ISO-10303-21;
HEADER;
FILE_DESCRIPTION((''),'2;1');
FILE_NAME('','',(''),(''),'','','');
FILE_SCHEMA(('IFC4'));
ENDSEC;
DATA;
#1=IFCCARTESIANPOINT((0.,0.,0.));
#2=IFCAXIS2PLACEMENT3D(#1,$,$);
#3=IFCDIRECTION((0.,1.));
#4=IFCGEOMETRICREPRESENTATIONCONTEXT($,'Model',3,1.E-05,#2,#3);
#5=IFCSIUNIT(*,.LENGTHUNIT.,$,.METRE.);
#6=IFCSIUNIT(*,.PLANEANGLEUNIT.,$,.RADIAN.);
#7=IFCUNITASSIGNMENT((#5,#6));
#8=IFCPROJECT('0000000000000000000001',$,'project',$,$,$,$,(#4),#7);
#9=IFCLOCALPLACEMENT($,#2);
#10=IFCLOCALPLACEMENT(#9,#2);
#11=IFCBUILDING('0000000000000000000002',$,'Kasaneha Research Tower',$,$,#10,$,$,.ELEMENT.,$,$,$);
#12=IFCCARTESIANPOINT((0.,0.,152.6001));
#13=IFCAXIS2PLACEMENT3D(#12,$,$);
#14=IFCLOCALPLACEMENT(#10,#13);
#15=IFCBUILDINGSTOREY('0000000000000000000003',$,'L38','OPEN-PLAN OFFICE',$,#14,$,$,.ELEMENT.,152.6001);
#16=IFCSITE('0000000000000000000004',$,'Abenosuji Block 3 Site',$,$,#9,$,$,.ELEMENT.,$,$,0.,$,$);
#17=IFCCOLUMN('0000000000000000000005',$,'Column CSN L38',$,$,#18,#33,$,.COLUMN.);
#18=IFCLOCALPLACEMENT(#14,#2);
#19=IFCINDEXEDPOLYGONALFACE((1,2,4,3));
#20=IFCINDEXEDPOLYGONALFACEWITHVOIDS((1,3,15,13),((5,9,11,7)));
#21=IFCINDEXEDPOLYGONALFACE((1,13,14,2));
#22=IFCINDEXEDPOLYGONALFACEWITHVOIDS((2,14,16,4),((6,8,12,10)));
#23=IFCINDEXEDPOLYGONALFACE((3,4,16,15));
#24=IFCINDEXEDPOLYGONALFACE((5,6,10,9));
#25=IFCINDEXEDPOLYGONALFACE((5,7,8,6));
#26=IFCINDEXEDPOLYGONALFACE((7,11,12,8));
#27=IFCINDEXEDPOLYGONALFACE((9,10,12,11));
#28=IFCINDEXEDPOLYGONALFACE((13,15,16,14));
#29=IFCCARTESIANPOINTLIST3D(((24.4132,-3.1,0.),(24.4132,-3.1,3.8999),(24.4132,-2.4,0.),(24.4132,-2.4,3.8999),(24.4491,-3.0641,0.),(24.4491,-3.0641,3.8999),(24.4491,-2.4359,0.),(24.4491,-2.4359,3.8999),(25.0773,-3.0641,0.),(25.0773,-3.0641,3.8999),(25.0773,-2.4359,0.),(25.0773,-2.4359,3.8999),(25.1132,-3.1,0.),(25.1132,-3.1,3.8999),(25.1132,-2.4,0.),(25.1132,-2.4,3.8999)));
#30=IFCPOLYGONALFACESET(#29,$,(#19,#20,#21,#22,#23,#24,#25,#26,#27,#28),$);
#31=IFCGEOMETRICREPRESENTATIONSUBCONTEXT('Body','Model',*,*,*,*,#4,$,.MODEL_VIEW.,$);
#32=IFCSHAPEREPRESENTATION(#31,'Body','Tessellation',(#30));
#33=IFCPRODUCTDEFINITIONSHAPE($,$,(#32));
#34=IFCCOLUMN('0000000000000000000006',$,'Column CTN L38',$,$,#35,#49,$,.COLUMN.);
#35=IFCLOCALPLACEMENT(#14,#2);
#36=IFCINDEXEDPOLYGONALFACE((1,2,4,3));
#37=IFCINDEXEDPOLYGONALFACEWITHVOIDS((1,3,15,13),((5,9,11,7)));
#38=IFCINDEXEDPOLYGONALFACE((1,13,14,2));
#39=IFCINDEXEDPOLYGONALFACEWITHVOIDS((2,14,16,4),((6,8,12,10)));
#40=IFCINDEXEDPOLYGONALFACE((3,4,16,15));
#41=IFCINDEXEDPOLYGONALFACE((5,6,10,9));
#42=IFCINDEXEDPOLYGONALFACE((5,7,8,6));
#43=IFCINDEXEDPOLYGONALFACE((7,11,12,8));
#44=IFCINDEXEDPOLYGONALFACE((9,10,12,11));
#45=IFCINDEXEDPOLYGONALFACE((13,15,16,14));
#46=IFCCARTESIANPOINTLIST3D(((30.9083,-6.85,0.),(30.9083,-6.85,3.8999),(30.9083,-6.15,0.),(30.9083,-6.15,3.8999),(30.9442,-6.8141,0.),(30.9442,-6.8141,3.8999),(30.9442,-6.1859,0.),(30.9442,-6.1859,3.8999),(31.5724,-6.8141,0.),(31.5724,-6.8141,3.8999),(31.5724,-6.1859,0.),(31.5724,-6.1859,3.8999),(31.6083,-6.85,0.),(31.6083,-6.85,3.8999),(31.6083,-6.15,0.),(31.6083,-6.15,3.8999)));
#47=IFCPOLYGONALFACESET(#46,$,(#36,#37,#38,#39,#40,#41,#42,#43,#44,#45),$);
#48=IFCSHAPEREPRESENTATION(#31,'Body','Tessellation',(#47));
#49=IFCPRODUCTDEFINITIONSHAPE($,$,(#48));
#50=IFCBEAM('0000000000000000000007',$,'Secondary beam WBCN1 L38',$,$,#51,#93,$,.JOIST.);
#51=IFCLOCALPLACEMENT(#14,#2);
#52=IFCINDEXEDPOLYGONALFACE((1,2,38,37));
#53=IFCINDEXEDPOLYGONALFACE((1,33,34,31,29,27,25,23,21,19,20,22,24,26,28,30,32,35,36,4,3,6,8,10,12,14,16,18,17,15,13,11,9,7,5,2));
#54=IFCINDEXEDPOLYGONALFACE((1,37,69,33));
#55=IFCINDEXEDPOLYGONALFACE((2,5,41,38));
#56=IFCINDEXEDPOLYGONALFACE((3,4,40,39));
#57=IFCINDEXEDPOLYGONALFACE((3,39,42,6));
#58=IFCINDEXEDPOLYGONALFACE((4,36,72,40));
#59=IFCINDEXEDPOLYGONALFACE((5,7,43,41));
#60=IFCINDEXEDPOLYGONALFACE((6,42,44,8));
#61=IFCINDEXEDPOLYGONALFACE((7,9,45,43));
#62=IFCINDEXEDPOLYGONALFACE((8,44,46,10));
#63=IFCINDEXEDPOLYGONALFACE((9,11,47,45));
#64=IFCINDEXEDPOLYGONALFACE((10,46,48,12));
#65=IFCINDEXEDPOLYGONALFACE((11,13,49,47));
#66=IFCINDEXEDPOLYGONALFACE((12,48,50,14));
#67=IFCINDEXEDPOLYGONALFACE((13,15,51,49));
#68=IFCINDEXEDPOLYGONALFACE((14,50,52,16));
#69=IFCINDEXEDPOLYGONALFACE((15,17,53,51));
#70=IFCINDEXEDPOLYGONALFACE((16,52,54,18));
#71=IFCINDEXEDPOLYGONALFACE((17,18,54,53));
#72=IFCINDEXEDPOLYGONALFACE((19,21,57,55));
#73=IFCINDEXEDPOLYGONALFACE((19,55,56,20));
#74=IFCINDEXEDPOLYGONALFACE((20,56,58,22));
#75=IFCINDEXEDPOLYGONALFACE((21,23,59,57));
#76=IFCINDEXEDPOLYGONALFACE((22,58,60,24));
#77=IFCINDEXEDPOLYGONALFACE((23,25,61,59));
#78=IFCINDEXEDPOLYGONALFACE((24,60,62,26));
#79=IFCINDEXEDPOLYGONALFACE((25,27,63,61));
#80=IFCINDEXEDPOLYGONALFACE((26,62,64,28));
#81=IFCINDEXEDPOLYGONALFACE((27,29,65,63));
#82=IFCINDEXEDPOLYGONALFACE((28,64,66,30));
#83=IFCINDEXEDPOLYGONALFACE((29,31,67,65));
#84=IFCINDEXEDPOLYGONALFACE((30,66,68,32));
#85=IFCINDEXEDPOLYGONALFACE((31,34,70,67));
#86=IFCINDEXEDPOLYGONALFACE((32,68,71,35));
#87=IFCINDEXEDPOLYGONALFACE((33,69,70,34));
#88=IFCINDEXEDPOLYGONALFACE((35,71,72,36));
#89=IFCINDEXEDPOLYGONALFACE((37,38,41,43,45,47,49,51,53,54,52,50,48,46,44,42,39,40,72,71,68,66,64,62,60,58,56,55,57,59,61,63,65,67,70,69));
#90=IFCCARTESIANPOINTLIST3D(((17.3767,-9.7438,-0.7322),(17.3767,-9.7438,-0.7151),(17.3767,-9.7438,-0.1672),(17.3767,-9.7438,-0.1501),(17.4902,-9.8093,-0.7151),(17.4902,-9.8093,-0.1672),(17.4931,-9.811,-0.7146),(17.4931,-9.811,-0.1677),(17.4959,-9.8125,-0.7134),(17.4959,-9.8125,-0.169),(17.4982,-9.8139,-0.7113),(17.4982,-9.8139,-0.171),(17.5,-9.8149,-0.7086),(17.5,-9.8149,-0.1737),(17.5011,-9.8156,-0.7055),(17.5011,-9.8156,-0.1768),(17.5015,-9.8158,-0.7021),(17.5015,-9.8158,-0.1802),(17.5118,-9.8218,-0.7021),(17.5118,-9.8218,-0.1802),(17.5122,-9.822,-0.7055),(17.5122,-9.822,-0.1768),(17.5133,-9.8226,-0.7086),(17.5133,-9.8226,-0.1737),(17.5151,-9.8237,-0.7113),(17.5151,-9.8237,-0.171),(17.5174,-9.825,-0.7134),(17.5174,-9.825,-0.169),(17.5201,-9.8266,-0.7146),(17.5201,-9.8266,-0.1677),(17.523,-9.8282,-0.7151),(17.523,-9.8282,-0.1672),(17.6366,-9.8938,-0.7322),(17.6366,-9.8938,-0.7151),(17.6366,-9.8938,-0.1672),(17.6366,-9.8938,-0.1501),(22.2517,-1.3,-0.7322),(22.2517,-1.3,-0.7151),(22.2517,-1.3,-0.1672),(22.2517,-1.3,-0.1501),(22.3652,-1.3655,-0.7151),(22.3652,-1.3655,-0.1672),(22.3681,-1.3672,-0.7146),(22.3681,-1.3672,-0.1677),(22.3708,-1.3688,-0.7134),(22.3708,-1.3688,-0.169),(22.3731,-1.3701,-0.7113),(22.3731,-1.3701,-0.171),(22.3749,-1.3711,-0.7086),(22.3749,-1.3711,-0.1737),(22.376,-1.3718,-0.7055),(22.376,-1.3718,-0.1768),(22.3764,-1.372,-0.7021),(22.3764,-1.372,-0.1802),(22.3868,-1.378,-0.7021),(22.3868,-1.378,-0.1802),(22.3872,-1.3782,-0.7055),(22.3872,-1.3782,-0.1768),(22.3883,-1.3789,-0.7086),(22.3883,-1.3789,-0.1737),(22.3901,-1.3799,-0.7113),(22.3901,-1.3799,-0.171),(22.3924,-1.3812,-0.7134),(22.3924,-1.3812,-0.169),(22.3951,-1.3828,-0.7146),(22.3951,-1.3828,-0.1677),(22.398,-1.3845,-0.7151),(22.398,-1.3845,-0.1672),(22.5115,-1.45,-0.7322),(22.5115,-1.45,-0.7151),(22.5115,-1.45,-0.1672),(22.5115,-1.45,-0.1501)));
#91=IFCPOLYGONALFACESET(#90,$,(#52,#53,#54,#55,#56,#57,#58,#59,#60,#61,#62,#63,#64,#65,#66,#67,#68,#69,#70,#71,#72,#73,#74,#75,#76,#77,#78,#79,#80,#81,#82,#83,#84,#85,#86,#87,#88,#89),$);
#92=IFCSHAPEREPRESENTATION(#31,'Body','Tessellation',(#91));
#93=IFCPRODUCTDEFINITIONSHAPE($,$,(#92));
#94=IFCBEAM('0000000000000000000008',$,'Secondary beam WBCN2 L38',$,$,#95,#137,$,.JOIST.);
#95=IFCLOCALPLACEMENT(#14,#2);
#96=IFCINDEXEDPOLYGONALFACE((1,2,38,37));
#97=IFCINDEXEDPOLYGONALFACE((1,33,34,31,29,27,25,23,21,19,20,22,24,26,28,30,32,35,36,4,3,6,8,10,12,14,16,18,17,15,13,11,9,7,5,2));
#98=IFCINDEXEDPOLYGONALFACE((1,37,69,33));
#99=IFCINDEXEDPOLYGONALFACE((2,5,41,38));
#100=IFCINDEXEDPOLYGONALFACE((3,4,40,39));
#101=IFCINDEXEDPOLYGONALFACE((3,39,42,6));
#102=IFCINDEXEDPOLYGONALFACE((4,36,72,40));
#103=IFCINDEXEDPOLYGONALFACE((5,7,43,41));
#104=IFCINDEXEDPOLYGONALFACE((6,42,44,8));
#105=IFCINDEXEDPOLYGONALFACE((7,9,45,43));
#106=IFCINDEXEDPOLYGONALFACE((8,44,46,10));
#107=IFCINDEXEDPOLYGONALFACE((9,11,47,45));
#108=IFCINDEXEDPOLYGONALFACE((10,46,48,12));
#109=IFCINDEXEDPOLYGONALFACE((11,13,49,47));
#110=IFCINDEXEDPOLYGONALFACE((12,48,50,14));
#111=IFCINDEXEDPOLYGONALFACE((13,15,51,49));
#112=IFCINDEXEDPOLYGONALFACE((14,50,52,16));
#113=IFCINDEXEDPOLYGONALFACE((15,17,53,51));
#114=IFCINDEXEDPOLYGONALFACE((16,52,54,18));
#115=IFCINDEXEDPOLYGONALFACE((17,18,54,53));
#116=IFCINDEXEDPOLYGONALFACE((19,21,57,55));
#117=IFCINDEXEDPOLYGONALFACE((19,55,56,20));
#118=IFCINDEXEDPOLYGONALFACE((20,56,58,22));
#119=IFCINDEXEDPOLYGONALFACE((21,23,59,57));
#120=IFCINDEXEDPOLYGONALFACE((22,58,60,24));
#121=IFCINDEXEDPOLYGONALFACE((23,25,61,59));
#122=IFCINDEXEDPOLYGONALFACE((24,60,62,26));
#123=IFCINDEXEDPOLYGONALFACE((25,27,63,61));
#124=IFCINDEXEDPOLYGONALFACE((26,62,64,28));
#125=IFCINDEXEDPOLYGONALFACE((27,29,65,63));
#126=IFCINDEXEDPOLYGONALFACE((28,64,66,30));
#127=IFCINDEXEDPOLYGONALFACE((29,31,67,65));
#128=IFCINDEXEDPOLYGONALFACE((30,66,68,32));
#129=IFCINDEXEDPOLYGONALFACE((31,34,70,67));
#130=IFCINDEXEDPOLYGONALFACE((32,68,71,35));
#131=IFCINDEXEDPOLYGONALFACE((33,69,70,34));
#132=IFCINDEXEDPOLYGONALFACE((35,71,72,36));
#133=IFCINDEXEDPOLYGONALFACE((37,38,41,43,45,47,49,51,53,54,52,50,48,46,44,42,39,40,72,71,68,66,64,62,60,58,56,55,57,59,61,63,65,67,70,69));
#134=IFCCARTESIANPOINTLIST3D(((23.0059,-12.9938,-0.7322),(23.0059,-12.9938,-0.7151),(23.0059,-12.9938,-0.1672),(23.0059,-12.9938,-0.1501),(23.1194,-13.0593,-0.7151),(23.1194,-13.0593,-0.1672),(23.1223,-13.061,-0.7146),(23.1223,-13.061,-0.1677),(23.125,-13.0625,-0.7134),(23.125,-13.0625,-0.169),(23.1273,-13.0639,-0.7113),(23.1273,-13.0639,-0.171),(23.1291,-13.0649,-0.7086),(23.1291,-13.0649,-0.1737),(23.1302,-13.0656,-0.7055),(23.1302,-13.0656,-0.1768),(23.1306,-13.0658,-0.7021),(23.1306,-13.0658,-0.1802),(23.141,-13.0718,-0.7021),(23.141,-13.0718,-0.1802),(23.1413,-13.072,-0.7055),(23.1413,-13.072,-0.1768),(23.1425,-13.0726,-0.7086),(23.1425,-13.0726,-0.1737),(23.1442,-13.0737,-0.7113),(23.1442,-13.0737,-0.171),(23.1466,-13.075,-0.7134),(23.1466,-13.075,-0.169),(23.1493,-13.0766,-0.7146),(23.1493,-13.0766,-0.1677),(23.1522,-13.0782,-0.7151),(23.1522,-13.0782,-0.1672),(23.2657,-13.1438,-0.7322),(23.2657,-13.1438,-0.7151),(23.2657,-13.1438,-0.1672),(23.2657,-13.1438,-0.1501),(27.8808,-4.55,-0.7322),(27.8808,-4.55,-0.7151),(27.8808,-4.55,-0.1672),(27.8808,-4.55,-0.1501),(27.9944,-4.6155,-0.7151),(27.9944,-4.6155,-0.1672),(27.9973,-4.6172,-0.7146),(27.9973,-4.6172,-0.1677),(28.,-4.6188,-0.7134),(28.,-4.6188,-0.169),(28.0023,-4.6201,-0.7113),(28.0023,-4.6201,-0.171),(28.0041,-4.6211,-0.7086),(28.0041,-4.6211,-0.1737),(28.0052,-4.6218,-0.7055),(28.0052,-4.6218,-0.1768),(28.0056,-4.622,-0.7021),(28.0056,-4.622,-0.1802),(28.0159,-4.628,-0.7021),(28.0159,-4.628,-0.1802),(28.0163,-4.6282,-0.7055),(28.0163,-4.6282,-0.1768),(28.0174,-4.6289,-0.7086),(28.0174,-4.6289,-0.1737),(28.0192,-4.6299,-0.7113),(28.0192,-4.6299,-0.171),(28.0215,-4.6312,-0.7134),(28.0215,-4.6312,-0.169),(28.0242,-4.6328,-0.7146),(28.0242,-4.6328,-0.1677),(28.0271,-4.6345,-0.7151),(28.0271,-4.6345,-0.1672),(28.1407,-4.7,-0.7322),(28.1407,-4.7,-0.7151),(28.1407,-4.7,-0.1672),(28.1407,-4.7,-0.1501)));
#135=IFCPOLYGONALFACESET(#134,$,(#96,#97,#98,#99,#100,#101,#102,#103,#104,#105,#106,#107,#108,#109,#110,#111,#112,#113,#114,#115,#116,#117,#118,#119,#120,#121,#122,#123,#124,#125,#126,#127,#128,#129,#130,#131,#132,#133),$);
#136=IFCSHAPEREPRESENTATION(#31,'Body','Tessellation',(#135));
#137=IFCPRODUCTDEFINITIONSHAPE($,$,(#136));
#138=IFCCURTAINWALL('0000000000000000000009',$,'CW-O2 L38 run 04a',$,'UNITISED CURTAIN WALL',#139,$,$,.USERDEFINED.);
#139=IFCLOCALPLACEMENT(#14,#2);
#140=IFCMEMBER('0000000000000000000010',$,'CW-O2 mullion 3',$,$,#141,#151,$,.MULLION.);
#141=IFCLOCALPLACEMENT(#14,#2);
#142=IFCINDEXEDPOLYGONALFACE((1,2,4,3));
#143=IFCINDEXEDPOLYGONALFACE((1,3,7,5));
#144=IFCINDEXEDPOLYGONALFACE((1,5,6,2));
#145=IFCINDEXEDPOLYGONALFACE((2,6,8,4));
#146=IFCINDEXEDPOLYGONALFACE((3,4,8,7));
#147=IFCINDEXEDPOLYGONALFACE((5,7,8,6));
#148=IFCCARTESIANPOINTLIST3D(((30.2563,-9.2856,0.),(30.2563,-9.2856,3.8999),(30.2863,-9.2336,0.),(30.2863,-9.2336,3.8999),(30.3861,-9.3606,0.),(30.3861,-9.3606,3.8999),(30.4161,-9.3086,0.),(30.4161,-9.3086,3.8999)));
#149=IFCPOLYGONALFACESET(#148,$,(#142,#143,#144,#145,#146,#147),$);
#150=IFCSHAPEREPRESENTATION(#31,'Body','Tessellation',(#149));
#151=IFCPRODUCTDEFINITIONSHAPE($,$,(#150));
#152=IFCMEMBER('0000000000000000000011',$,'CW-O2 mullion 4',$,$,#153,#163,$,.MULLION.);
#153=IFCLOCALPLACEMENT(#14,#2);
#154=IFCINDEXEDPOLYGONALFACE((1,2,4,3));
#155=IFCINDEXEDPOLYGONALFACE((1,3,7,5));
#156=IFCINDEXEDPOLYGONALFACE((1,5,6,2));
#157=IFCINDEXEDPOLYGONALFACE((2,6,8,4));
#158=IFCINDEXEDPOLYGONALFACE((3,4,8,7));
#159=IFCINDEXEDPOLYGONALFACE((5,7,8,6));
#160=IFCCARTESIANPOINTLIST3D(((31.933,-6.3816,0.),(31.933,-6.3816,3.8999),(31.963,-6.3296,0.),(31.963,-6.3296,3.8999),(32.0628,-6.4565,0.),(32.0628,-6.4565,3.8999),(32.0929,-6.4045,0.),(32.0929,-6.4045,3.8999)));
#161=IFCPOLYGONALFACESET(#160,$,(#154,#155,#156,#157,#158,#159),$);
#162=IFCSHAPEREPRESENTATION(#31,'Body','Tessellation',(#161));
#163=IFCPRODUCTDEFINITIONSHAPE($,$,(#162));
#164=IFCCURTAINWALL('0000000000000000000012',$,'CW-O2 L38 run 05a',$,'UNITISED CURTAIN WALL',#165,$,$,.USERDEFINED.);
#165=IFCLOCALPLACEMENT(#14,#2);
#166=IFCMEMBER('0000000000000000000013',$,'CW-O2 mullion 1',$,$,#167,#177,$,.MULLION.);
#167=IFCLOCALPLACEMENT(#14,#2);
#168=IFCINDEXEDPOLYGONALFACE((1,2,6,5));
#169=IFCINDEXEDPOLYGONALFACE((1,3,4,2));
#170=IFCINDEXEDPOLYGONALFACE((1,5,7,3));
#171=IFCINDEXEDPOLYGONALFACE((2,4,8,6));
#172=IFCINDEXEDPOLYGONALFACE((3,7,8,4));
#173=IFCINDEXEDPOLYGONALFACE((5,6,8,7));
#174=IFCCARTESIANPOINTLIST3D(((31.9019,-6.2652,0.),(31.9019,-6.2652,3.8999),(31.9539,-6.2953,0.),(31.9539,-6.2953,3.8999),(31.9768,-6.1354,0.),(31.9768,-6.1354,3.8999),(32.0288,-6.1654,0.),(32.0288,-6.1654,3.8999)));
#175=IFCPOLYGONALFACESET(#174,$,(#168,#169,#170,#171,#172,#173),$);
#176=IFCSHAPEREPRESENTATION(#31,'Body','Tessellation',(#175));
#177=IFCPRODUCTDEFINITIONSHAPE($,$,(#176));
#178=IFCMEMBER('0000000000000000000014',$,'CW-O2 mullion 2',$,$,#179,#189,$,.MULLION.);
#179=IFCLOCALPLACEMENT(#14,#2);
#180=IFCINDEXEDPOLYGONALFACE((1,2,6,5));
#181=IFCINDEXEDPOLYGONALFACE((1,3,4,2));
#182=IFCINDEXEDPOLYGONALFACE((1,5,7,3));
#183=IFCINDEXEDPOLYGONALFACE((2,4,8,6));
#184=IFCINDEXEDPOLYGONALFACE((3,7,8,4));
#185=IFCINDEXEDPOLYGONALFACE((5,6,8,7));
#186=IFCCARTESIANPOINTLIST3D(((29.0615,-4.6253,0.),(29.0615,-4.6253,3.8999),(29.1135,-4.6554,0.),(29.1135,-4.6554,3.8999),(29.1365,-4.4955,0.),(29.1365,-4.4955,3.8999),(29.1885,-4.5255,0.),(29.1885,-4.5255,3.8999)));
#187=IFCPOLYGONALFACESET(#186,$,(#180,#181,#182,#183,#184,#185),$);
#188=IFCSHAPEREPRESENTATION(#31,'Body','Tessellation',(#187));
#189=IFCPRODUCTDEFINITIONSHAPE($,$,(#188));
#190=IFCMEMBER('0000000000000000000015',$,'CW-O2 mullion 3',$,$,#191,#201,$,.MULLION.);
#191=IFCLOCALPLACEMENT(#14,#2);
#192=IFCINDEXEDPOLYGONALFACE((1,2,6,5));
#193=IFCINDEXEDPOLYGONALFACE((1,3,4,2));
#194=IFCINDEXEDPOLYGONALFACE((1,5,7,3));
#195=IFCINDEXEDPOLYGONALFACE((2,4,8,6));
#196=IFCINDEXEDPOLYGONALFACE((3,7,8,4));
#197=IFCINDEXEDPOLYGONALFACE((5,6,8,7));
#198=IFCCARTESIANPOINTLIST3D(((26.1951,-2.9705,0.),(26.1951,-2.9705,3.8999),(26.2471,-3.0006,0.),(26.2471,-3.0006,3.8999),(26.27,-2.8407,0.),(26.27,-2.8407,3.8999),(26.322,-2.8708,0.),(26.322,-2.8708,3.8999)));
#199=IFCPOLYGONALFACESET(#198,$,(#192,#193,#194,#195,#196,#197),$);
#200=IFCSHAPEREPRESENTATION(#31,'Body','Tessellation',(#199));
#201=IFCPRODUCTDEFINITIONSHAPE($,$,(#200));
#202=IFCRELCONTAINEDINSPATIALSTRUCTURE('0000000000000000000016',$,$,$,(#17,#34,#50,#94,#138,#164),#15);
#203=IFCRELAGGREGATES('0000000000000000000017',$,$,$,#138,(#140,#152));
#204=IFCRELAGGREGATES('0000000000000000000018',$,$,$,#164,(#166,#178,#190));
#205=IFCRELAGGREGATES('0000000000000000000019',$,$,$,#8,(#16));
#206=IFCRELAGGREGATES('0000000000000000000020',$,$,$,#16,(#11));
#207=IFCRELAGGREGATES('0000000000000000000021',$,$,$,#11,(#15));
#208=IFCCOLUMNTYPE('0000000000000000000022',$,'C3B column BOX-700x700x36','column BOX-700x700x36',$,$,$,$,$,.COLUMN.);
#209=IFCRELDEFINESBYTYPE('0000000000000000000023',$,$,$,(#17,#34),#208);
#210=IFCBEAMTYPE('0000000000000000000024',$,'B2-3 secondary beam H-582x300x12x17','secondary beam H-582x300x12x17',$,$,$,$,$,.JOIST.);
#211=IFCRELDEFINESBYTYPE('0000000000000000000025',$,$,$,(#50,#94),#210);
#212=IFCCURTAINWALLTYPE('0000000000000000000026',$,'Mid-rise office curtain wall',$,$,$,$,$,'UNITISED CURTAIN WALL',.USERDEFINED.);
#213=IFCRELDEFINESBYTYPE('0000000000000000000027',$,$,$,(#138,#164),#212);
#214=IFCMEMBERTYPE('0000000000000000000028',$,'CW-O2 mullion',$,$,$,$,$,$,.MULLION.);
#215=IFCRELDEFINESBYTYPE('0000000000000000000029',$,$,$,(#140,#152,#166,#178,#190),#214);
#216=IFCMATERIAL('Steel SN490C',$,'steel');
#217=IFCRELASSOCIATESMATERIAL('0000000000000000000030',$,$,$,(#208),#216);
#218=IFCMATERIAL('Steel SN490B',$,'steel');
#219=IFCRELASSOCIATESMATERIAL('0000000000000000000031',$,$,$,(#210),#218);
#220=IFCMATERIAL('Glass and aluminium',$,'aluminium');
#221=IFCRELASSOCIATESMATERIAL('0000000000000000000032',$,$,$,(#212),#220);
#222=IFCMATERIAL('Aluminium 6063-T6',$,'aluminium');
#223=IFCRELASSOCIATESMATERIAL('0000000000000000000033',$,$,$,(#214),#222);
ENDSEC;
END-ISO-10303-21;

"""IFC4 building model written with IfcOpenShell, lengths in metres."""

from ifc_helpers import new_model, si_unit, direction, frame, origin, origin_2d, place, context, subcontext, project, spatial, rectangle, hollow_rectangle, i_section, extrude, material, material_profile, profile_set, type_object, element, aggregate, save


model = new_model("IFC4")

# Units and contexts
model_context = context("Model", 3, precision=1e-05, world=origin(), true_north=direction((0.0, 1.0)))
body_context = subcontext(model_context, "Body", "Model", "MODEL_VIEW")
ifc_project = project(units=[si_unit("LENGTHUNIT", "METRE"), si_unit("PLANEANGLEUNIT", "RADIAN")], contexts=[model_context])

# Site, building, storey
site_placement = place(None, origin())
site = spatial("IfcSite", under=ifc_project, at=site_placement, Name="Abenosuji Block 3 Site", CompositionType="ELEMENT", RefElevation=0.0)
building_placement = place(site_placement, origin())
building = spatial("IfcBuilding", under=site, at=building_placement, Name="Kasaneha Research Tower", CompositionType="ELEMENT")
storey_placement = place(building_placement, frame((0.0, 0.0, 152.6001)))
storey = spatial("IfcBuildingStorey", under=building, at=storey_placement, Name="L38", Description="OPEN-PLAN OFFICE", CompositionType="ELEMENT", Elevation=152.6001)

# Columns
ifc_material_1 = material(Name="Steel SN490C", Category="steel")
ifc_material_profile_1 = material_profile(ifc_material_1, hollow_rectangle(XDim=0.7, YDim=0.7, WallThickness=0.0359, at=origin_2d()), Name="BOX-700x700x36")
ifc_profile_set_1 = profile_set([ifc_material_profile_1], Name="Steel SN490C")
column_type = type_object("IfcColumnType", Name="C3B column BOX-700x700x36", Description="column BOX-700x700x36", PredefinedType="COLUMN", material=ifc_profile_set_1)
for number, where, z_axis, x_axis, name in (
    (1, (24.7632, -2.75, 0.0), (0.0, 0.0, 1.0), (1.0, 0.0, 0.0), "Column CSN L38"),
    (2, (31.2583, -6.5, 0.0), (0.0, 0.0, 1.0), (1.0, 0.0, 0.0), "Column CTN L38"),
):
    element("IfcColumn", number, at=place(storey_placement, frame(where, z_axis=z_axis, x_axis=x_axis)), inside=storey, type_object=column_type, Name=name, PredefinedType="COLUMN", context=body_context, shape_type="SweptSolid", body=[
        extrude(hollow_rectangle(XDim=0.7, YDim=0.7, WallThickness=0.0359, at=origin_2d()), origin(), (0.0, 0.0, 1.0), 3.8999),
    ])

# Beams
ifc_material_2 = material(Name="Steel SN490B", Category="steel")
ifc_material_profile_2 = material_profile(ifc_material_2, i_section(OverallWidth=0.3, OverallDepth=0.582, WebThickness=0.012, FlangeThickness=0.0171, FilletRadius=0.0129, at=origin_2d()), Name="H-582x300x12x17")
ifc_profile_set_2 = profile_set([ifc_material_profile_2], Name="Steel SN490B")
beam_type_1 = type_object("IfcBeamType", Name="B2-3 secondary beam H-582x300x12x17", Description="secondary beam H-582x300x12x17", PredefinedType="JOIST", material=ifc_profile_set_2)
for number, where, z_axis, x_axis, name in (
    (3, (22.3816, -1.375, -0.4412), (-0.499996, -0.866028, 0.0), (0.866028, -0.499996, 0.0), "Secondary beam WBCN1 L38"),
    (4, (28.0107, -4.625, -0.4412), (-0.499996, -0.866028, 0.0), (0.866028, -0.499996, 0.0), "Secondary beam WBCN2 L38"),
):
    element("IfcBeam", number, at=place(storey_placement, frame(where, z_axis=z_axis, x_axis=x_axis)), inside=storey, type_object=beam_type_1, Name=name, PredefinedType="JOIST", context=body_context, shape_type="SweptSolid", body=[
        extrude(i_section(OverallWidth=0.3, OverallDepth=0.582, WebThickness=0.012, FlangeThickness=0.0171, FilletRadius=0.0129, at=origin_2d()), origin(), (0.0, 0.0, 1.0), 9.75),
    ])

# Curtain walls, members
ifc_material_3 = material(Name="Glass and aluminium", Category="aluminium")
curtain_wall_type = type_object("IfcCurtainWallType", Name="Mid-rise office curtain wall", ElementType="UNITISED CURTAIN WALL", PredefinedType="USERDEFINED", material=ifc_material_3)
curtain_wall_1_placement = place(storey_placement, origin())
curtain_wall_1 = element("IfcCurtainWall", 5, at=curtain_wall_1_placement, inside=storey, type_object=curtain_wall_type, Name="CW-O2 L38 run 04a", ObjectType="UNITISED CURTAIN WALL", PredefinedType="USERDEFINED")
ifc_material_4 = material(Name="Aluminium 6063-T6", Category="aluminium")
ifc_material_profile_3 = material_profile(ifc_material_4, rectangle(XDim=0.0601, YDim=0.1499, at=origin_2d()), Name="CW-O2 mullion 60x150")
ifc_profile_set_3 = profile_set([ifc_material_profile_3], Name="Aluminium 6063-T6")
member_type_1 = type_object("IfcMemberType", Name="CW-O2 mullion", PredefinedType="MULLION", material=ifc_profile_set_3)
member_1_placement = place(storey_placement, frame((30.3362, -9.2971, 0.0), z_axis=(0.0, 0.0, 1.0), x_axis=(0.5, 0.866025, 0.0)))
member_1 = element("IfcMember", 6, at=member_1_placement, type_object=member_type_1, Name="CW-O2 mullion 3", PredefinedType="MULLION", context=body_context, shape_type="SweptSolid", body=[
    extrude(rectangle(XDim=0.0601, YDim=0.1499, at=origin_2d()), origin(), (0.0, 0.0, 1.0), 3.8999),
])
member_2_placement = place(storey_placement, frame((32.0129, -6.3931, 0.0), z_axis=(0.0, 0.0, 1.0), x_axis=(0.5, 0.866025, 0.0)))
member_2 = element("IfcMember", 7, at=member_2_placement, type_object=member_type_1, Name="CW-O2 mullion 4", PredefinedType="MULLION", context=body_context, shape_type="SweptSolid", body=[
    extrude(rectangle(XDim=0.0601, YDim=0.1499, at=origin_2d()), origin(), (0.0, 0.0, 1.0), 3.8999),
])
curtain_wall_2_placement = place(storey_placement, origin())
curtain_wall_2 = element("IfcCurtainWall", 8, at=curtain_wall_2_placement, inside=storey, type_object=curtain_wall_type, Name="CW-O2 L38 run 05a", ObjectType="UNITISED CURTAIN WALL", PredefinedType="USERDEFINED")
member_3_placement = place(storey_placement, frame((31.9653, -6.2153, 0.0), z_axis=(0.0, 0.0, 1.0), x_axis=(-0.866025, 0.5, 0.0)))
member_3 = element("IfcMember", 9, at=member_3_placement, type_object=member_type_1, Name="CW-O2 mullion 1", PredefinedType="MULLION", context=body_context, shape_type="SweptSolid", body=[
    extrude(rectangle(XDim=0.0601, YDim=0.1499, at=origin_2d()), origin(), (0.0, 0.0, 1.0), 3.8999),
])
member_4_placement = place(storey_placement, frame((29.125, -4.5754, 0.0), z_axis=(0.0, 0.0, 1.0), x_axis=(-0.866025, 0.5, 0.0)))
member_4 = element("IfcMember", 10, at=member_4_placement, type_object=member_type_1, Name="CW-O2 mullion 2", PredefinedType="MULLION", context=body_context, shape_type="SweptSolid", body=[
    extrude(rectangle(XDim=0.0601, YDim=0.1499, at=origin_2d()), origin(), (0.0, 0.0, 1.0), 3.8999),
])
member_5_placement = place(storey_placement, frame((26.2585, -2.9207, 0.0), z_axis=(0.0, 0.0, 1.0), x_axis=(-0.866025, 0.5, 0.0)))
member_5 = element("IfcMember", 11, at=member_5_placement, type_object=member_type_1, Name="CW-O2 mullion 3", PredefinedType="MULLION", context=body_context, shape_type="SweptSolid", body=[
    extrude(rectangle(XDim=0.0601, YDim=0.1499, at=origin_2d()), origin(), (0.0, 0.0, 1.0), 3.8999),
])

aggregate(curtain_wall_1, [member_1, member_2])
aggregate(curtain_wall_2, [member_3, member_4, member_5])

save(model, "model.ifc")
